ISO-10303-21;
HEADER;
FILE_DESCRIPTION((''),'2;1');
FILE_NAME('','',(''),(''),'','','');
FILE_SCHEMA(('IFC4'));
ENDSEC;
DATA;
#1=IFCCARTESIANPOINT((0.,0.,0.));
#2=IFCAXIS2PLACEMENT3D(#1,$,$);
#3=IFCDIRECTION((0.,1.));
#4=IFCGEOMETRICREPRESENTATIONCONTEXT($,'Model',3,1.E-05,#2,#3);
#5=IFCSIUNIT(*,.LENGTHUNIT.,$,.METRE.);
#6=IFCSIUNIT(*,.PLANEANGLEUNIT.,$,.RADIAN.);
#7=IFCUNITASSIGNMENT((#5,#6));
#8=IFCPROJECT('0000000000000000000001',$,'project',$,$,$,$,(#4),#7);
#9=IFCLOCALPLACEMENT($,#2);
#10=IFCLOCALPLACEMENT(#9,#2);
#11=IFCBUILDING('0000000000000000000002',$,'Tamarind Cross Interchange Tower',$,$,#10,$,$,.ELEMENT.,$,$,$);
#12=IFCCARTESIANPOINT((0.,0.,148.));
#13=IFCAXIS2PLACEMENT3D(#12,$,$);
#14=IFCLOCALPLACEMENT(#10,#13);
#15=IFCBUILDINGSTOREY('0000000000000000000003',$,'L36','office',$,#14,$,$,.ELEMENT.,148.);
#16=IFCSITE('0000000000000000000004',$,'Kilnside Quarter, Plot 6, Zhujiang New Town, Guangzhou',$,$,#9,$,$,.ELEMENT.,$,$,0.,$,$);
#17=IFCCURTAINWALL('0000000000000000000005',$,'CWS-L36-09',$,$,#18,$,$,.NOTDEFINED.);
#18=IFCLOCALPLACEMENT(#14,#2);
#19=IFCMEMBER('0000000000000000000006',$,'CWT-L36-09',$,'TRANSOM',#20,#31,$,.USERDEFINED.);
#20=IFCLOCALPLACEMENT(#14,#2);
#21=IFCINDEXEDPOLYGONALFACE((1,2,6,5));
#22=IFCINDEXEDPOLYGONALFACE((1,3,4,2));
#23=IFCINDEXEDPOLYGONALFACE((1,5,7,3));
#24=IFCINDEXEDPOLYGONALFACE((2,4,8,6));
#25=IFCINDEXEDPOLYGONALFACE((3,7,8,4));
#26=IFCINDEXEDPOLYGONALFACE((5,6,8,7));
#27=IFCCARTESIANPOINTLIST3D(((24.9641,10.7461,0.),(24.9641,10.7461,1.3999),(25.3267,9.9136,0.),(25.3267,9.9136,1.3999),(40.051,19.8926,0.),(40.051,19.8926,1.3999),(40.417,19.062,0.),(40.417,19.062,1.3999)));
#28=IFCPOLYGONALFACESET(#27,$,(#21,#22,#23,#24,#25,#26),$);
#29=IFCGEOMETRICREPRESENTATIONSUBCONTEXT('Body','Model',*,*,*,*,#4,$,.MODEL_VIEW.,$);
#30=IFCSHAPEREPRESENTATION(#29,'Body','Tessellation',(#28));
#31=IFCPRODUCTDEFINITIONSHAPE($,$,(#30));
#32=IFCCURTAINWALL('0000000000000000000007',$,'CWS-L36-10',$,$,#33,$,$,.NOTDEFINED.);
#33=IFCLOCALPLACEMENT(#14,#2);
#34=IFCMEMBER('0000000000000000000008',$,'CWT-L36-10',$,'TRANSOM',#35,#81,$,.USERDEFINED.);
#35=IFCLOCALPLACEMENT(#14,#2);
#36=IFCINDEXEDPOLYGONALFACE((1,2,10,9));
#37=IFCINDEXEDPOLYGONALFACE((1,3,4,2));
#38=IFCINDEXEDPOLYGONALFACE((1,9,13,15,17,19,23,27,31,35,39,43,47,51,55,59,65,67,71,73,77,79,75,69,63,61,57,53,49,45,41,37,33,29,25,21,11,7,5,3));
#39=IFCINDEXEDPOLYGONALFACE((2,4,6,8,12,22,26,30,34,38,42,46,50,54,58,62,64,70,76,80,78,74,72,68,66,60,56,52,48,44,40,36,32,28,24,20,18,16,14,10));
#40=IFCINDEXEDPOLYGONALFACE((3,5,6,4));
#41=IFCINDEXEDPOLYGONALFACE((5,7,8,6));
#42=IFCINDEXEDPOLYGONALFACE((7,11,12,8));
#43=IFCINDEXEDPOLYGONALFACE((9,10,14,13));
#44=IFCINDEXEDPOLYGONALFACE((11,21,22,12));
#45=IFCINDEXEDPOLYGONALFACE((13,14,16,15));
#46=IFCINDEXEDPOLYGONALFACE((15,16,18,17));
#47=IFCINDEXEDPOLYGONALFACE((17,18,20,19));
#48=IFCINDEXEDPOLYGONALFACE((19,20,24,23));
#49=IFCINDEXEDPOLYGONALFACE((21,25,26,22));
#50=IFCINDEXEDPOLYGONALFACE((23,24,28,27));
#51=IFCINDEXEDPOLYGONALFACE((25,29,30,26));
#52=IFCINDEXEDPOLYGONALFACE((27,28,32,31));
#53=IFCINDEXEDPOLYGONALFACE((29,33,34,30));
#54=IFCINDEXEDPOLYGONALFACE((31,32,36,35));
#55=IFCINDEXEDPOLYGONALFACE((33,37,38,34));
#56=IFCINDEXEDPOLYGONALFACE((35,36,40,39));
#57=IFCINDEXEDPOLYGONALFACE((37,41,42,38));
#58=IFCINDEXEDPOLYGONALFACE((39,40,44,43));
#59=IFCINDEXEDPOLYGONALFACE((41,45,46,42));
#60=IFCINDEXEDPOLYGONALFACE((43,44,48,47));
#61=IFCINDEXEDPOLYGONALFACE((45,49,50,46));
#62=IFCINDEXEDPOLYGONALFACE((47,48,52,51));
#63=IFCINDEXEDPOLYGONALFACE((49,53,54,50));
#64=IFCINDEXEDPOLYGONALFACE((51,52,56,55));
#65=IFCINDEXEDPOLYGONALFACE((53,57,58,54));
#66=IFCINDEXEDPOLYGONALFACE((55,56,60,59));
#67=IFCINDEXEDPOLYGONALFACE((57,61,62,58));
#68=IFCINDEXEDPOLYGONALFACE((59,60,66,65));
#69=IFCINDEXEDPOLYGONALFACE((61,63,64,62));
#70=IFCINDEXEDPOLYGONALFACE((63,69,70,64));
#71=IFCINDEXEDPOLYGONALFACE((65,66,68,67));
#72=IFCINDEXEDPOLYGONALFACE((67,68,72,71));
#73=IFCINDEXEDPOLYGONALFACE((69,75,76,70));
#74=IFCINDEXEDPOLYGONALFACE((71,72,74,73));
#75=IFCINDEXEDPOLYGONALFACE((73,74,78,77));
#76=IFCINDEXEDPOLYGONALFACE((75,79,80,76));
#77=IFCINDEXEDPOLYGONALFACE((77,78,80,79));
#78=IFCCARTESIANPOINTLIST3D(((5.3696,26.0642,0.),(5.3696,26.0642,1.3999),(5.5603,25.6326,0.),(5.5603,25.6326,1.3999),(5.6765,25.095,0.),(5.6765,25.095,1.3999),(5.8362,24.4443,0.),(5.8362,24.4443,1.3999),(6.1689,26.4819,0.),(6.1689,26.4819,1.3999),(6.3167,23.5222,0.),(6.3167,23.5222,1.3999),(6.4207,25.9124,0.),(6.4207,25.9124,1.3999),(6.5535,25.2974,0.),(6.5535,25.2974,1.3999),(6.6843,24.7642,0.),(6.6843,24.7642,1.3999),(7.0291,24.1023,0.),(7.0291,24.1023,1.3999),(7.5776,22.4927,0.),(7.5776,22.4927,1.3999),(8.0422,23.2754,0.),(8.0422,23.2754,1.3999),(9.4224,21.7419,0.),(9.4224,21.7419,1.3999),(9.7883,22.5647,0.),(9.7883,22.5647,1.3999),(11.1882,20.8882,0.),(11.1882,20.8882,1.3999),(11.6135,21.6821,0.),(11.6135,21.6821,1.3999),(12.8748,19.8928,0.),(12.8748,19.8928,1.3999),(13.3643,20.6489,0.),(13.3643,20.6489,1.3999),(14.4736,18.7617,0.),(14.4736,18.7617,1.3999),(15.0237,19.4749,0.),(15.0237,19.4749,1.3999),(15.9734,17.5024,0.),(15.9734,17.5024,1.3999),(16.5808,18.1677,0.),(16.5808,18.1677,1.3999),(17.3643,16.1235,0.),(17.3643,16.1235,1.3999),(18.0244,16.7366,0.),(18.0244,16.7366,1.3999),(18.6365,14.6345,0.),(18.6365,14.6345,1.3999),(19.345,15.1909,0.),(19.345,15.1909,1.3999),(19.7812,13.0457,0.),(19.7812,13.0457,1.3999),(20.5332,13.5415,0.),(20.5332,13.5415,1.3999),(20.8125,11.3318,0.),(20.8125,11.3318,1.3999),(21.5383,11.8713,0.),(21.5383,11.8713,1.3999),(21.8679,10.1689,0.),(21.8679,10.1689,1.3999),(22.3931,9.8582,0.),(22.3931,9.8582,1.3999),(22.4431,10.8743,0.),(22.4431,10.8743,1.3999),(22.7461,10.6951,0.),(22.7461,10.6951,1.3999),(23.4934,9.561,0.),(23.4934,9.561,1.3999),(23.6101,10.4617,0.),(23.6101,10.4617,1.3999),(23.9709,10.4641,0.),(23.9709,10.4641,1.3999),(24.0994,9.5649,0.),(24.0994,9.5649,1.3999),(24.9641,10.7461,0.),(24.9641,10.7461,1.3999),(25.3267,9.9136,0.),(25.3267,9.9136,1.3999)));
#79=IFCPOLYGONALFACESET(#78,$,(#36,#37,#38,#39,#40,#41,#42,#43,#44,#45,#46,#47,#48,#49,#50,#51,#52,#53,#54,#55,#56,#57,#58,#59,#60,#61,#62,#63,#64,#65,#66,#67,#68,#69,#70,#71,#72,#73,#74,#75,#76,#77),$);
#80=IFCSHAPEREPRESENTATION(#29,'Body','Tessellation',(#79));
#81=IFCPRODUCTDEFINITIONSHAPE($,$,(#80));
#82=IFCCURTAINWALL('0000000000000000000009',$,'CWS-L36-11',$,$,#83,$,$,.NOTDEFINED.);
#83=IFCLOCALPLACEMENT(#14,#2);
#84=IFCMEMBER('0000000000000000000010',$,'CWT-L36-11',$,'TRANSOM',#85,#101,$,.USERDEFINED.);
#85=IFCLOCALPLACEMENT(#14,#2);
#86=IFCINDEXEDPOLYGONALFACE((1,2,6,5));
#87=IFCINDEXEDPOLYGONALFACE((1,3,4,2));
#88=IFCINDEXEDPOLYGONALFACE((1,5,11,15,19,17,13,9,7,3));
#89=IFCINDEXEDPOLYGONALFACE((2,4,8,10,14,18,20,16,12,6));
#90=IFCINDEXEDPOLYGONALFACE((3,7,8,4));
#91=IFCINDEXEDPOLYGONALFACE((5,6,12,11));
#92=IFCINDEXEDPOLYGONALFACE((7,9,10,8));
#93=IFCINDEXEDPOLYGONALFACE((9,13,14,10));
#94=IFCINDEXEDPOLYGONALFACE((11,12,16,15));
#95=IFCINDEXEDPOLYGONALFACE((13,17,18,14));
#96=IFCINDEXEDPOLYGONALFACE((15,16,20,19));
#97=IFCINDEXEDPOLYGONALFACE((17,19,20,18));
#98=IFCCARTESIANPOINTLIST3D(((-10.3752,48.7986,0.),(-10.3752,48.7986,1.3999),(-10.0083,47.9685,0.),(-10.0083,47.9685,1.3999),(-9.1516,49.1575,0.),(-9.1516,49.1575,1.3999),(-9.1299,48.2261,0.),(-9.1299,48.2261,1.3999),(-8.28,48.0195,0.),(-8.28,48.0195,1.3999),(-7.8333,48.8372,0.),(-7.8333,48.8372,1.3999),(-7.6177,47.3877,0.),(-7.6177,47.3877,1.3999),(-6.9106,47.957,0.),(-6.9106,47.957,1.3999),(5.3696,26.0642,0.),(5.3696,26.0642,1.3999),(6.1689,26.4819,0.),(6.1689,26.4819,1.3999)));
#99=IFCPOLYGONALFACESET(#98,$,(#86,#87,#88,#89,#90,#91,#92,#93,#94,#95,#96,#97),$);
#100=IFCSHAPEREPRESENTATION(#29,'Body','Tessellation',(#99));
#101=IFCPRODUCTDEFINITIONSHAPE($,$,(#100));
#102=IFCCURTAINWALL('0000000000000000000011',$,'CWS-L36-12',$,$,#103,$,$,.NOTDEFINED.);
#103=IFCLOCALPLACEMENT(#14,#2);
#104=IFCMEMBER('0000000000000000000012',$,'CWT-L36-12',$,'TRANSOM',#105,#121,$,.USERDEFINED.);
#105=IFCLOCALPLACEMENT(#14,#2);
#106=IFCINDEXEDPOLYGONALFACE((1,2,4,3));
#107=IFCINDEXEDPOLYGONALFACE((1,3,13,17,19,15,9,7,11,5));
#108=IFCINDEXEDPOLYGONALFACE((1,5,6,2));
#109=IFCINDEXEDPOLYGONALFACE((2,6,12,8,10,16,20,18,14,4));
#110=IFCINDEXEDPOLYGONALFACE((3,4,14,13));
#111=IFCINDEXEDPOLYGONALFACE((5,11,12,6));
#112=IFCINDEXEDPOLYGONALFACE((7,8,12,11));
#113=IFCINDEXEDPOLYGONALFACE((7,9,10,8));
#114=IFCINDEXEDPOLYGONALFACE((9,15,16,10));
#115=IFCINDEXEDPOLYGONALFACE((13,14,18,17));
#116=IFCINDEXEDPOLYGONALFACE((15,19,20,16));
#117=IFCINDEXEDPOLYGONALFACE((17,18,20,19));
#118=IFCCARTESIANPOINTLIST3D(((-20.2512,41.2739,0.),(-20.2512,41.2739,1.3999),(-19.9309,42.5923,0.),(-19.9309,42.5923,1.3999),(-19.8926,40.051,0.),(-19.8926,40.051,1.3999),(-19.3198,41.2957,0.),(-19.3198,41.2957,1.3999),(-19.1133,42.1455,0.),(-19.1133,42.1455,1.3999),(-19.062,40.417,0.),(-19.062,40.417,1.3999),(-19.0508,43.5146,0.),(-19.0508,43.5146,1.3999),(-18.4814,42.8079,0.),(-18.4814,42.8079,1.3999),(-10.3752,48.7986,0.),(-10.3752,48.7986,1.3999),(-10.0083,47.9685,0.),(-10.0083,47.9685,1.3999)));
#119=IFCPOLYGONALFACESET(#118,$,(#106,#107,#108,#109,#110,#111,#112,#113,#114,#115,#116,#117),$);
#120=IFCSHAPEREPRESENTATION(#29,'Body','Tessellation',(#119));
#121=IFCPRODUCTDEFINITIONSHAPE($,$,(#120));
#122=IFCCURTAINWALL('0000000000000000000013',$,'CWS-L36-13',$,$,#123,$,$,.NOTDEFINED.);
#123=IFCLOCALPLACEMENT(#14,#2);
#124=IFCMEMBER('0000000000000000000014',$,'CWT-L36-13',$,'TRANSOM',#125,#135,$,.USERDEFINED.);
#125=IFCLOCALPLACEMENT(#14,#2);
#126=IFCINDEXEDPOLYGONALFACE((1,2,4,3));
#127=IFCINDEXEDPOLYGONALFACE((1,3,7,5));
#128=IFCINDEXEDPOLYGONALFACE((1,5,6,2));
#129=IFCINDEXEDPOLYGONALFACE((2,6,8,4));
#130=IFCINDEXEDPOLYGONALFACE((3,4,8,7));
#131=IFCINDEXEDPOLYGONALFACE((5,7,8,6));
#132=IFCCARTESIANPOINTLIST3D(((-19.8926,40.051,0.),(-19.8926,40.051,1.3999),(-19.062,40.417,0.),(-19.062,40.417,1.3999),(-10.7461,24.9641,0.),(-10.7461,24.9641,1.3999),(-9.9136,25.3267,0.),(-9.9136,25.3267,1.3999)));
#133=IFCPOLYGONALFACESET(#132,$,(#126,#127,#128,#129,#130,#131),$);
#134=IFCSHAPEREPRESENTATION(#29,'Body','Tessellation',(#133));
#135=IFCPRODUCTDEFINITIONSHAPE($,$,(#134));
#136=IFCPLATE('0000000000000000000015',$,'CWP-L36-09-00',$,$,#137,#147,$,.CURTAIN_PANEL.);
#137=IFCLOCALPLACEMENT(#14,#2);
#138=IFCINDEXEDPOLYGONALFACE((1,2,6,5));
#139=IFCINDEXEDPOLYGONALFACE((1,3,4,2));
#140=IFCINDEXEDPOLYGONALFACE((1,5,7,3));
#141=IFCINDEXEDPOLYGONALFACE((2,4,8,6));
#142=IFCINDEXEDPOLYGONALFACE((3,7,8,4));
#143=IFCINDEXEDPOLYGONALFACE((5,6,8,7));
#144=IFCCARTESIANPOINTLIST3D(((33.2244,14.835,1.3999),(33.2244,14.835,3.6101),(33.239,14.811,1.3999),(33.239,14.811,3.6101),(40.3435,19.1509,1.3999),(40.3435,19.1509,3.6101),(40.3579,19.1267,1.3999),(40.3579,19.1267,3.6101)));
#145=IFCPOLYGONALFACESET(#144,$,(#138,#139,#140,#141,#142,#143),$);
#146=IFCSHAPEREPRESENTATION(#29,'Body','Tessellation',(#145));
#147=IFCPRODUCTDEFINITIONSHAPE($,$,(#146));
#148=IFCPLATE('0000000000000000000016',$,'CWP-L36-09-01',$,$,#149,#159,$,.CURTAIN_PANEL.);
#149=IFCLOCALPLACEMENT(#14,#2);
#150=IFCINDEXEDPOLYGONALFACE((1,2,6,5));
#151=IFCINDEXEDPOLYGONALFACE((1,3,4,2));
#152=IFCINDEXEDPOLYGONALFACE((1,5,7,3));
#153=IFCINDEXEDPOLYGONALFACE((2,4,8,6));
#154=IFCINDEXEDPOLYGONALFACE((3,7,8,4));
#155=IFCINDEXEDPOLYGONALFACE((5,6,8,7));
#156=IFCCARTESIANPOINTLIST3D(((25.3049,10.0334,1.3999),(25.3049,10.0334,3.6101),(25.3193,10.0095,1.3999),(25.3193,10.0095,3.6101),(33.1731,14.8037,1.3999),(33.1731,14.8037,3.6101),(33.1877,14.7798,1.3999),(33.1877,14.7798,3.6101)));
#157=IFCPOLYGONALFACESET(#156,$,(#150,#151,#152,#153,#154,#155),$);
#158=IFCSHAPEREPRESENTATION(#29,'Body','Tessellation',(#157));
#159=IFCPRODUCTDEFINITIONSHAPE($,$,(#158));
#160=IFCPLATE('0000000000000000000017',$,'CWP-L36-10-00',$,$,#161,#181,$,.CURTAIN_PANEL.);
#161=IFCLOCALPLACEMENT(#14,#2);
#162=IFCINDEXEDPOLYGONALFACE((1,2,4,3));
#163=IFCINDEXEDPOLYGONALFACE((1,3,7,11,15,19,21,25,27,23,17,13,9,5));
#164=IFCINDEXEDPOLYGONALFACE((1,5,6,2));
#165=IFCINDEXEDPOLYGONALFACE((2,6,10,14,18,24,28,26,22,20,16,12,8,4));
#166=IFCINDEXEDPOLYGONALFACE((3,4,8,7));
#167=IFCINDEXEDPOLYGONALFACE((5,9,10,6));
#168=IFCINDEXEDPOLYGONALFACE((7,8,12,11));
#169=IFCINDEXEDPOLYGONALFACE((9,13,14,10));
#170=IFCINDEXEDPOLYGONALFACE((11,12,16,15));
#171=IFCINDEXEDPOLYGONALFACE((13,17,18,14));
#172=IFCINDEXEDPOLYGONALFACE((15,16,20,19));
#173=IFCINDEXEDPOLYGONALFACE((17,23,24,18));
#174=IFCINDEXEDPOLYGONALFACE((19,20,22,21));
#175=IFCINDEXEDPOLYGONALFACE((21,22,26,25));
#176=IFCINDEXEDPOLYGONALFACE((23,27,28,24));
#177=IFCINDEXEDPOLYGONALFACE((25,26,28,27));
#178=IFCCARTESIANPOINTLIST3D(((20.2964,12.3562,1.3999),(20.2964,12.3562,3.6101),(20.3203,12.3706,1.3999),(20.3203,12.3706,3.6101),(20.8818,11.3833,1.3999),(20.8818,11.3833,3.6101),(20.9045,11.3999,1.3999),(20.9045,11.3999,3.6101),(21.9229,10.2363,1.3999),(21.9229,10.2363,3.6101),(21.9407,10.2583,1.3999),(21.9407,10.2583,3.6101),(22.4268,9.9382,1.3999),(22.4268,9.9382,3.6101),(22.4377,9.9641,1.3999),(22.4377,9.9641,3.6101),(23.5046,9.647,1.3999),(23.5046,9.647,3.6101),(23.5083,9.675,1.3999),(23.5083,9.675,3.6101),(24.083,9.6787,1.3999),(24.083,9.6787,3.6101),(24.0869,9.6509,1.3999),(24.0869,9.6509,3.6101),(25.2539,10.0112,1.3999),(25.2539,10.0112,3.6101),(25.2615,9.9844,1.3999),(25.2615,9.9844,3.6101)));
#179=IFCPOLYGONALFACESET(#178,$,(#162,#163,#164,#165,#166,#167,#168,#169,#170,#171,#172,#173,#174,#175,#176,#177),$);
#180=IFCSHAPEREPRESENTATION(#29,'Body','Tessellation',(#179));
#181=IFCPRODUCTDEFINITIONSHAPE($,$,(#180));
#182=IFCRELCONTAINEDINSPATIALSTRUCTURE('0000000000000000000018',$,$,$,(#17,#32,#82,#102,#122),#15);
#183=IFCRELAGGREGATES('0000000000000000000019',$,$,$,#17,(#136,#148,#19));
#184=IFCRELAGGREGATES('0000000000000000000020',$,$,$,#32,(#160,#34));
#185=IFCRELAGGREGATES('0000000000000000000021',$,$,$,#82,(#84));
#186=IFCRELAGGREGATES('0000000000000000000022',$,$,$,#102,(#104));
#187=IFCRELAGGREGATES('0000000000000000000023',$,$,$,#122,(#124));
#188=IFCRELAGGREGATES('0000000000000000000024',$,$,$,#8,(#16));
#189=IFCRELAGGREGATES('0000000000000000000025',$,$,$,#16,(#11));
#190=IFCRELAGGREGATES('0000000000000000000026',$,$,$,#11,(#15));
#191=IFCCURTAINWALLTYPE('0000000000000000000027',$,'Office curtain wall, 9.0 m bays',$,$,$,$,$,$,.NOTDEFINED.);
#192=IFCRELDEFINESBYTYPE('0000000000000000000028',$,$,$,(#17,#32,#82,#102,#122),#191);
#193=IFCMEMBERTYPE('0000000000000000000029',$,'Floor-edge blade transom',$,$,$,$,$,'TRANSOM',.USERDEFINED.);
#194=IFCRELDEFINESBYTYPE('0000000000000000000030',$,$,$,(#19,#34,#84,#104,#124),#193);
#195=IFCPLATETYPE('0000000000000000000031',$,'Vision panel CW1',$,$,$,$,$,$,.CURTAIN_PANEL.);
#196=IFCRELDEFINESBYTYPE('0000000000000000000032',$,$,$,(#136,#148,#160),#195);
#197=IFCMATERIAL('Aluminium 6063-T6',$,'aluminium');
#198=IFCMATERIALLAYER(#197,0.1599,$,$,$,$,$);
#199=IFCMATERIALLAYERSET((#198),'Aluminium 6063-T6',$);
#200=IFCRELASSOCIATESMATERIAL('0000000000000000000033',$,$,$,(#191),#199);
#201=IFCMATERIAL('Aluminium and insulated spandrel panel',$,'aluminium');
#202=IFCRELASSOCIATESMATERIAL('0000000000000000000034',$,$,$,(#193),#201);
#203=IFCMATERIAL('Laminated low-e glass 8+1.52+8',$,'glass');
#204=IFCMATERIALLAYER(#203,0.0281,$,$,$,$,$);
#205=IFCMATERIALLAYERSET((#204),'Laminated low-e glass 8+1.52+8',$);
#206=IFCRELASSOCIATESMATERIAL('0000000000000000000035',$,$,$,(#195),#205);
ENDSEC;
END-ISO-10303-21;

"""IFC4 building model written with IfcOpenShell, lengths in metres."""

from ifc_helpers import new_model, si_unit, direction, frame, origin, place, context, subcontext, project, spatial, polyline, outline, extrude, material, layer, layer_set, type_object, element, aggregate, save


model = new_model("IFC4")

# Units and contexts
model_context = context("Model", 3, precision=1e-05, world=origin(), true_north=direction((0.0, 1.0)))
body_context = subcontext(model_context, "Body", "Model", "MODEL_VIEW")
ifc_project = project(units=[si_unit("LENGTHUNIT", "METRE"), si_unit("PLANEANGLEUNIT", "RADIAN")], contexts=[model_context])

# Site, building, storey
site_placement = place(None, origin())
site = spatial("IfcSite", under=ifc_project, at=site_placement, Name="Kilnside Quarter, Plot 6, Zhujiang New Town, Guangzhou", CompositionType="ELEMENT", RefElevation=0.0)
building_placement = place(site_placement, origin())
building = spatial("IfcBuilding", under=site, at=building_placement, Name="Tamarind Cross Interchange Tower", CompositionType="ELEMENT")
storey_placement = place(building_placement, frame((0.0, 0.0, 148.0)))
storey = spatial("IfcBuildingStorey", under=building, at=storey_placement, Name="L36", Description="office", CompositionType="ELEMENT", Elevation=148.0)

# Curtain walls, members
ifc_material_1 = material(Name="Aluminium 6063-T6", Category="aluminium")
ifc_layer_1 = layer(ifc_material_1, 0.1599)
ifc_layer_set_1 = layer_set([ifc_layer_1], Name="Aluminium 6063-T6")
curtain_wall_type = type_object("IfcCurtainWallType", Name="Office curtain wall, 9.0 m bays", PredefinedType="NOTDEFINED", material=ifc_layer_set_1)
curtain_wall_1_placement = place(storey_placement, origin())
curtain_wall_1 = element("IfcCurtainWall", 1, at=curtain_wall_1_placement, inside=storey, type_object=curtain_wall_type, Name="CWS-L36-09", PredefinedType="NOTDEFINED")
ifc_material_2 = material(Name="Aluminium and insulated spandrel panel", Category="aluminium")
member_type = type_object("IfcMemberType", Name="Floor-edge blade transom", ElementType="TRANSOM", PredefinedType="USERDEFINED", material=ifc_material_2)
member_1_placement = place(storey_placement, origin())
member_1 = element("IfcMember", 2, at=member_1_placement, type_object=member_type, Name="CWT-L36-09", ObjectType="TRANSOM", PredefinedType="USERDEFINED", context=body_context, shape_type="SweptSolid", body=[
    extrude(outline(polyline([(40.417, 19.062), (25.3267, 9.9136), (24.9641, 10.7461), (40.051, 19.8926), (40.417, 19.062)])), origin(), (0.0, 0.0, 1.0), 1.3999),
])
curtain_wall_2_placement = place(storey_placement, origin())
curtain_wall_2 = element("IfcCurtainWall", 3, at=curtain_wall_2_placement, inside=storey, type_object=curtain_wall_type, Name="CWS-L36-10", PredefinedType="NOTDEFINED")
member_2_placement = place(storey_placement, origin())
member_2 = element("IfcMember", 4, at=member_2_placement, type_object=member_type, Name="CWT-L36-10", ObjectType="TRANSOM", PredefinedType="USERDEFINED", context=body_context, shape_type="SweptSolid", body=[
    extrude(outline(polyline([(25.3267, 9.9136), (24.0994, 9.5649), (23.4934, 9.561), (22.3931, 9.8582), (21.8679, 10.1689), (20.8125, 11.3318), (19.7812, 13.0457), (18.6365, 14.6345), (17.3643, 16.1235), (15.9734, 17.5024), (14.4736, 18.7617), (12.8748, 19.8928), (11.1882, 20.8882), (9.4224, 21.7419), (7.5776, 22.4927), (6.3167, 23.5222), (5.8362, 24.4443), (5.6765, 25.095), (5.5603, 25.6326), (5.3696, 26.0642), (6.1689, 26.4819), (6.4207, 25.9124), (6.5535, 25.2974), (6.6843, 24.7642), (7.0291, 24.1023), (8.0422, 23.2754), (9.7883, 22.5647), (11.6135, 21.6821), (13.3643, 20.6489), (15.0237, 19.4749), (16.5808, 18.1677), (18.0244, 16.7366), (19.345, 15.1909), (20.5332, 13.5415), (21.5383, 11.8713), (22.4431, 10.8743), (22.7461, 10.6951), (23.6101, 10.4617), (23.9709, 10.4641), (24.9641, 10.7461), (25.3267, 9.9136)])), origin(), (0.0, 0.0, 1.0), 1.3999),
])
curtain_wall_3_placement = place(storey_placement, origin())
curtain_wall_3 = element("IfcCurtainWall", 5, at=curtain_wall_3_placement, inside=storey, type_object=curtain_wall_type, Name="CWS-L36-11", PredefinedType="NOTDEFINED")
member_3_placement = place(storey_placement, origin())
member_3 = element("IfcMember", 6, at=member_3_placement, type_object=member_type, Name="CWT-L36-11", ObjectType="TRANSOM", PredefinedType="USERDEFINED", context=body_context, shape_type="SweptSolid", body=[
    extrude(outline(polyline([(5.3696, 26.0642), (-7.6177, 47.3877), (-8.28, 48.0195), (-9.1299, 48.2261), (-10.0083, 47.9685), (-10.3752, 48.7986), (-9.1516, 49.1575), (-7.8333, 48.8372), (-6.9106, 47.957), (6.1689, 26.4819), (5.3696, 26.0642)])), origin(), (0.0, 0.0, 1.0), 1.3999),
])
curtain_wall_4_placement = place(storey_placement, origin())
curtain_wall_4 = element("IfcCurtainWall", 7, at=curtain_wall_4_placement, inside=storey, type_object=curtain_wall_type, Name="CWS-L36-12", PredefinedType="NOTDEFINED")
member_4_placement = place(storey_placement, origin())
member_4 = element("IfcMember", 8, at=member_4_placement, type_object=member_type, Name="CWT-L36-12", ObjectType="TRANSOM", PredefinedType="USERDEFINED", context=body_context, shape_type="SweptSolid", body=[
    extrude(outline(polyline([(-10.0083, 47.9685), (-18.4814, 42.8079), (-19.1133, 42.1455), (-19.3198, 41.2957), (-19.062, 40.417), (-19.8926, 40.051), (-20.2512, 41.2739), (-19.9309, 42.5923), (-19.0508, 43.5146), (-10.3752, 48.7986), (-10.0083, 47.9685)])), origin(), (0.0, 0.0, 1.0), 1.3999),
])
curtain_wall_5_placement = place(storey_placement, origin())
curtain_wall_5 = element("IfcCurtainWall", 9, at=curtain_wall_5_placement, inside=storey, type_object=curtain_wall_type, Name="CWS-L36-13", PredefinedType="NOTDEFINED")
member_5_placement = place(storey_placement, origin())
member_5 = element("IfcMember", 10, at=member_5_placement, type_object=member_type, Name="CWT-L36-13", ObjectType="TRANSOM", PredefinedType="USERDEFINED", context=body_context, shape_type="SweptSolid", body=[
    extrude(outline(polyline([(-19.062, 40.417), (-9.9136, 25.3267), (-10.7461, 24.9641), (-19.8926, 40.051), (-19.062, 40.417)])), origin(), (0.0, 0.0, 1.0), 1.3999),
])

# Plates
ifc_material_3 = material(Name="Laminated low-e glass 8+1.52+8", Category="glass")
ifc_layer_2 = layer(ifc_material_3, 0.0281)
ifc_layer_set_2 = layer_set([ifc_layer_2], Name="Laminated low-e glass 8+1.52+8")
plate_type = type_object("IfcPlateType", Name="Vision panel CW1", PredefinedType="CURTAIN_PANEL", material=ifc_layer_set_2)
plate_1_placement = place(storey_placement, frame((0.0, 0.0, 1.3999)))
plate_1 = element("IfcPlate", 11, at=plate_1_placement, type_object=plate_type, Name="CWP-L36-09-00", PredefinedType="CURTAIN_PANEL", context=body_context, shape_type="SweptSolid", body=[
    extrude(outline(polyline([(40.3579, 19.1267), (33.239, 14.811), (33.2244, 14.835), (40.3435, 19.1509), (40.3579, 19.1267)])), origin(), (0.0, 0.0, 1.0), 2.2102),
])
plate_2_placement = place(storey_placement, frame((0.0, 0.0, 1.3999)))
plate_2 = element("IfcPlate", 12, at=plate_2_placement, type_object=plate_type, Name="CWP-L36-09-01", PredefinedType="CURTAIN_PANEL", context=body_context, shape_type="SweptSolid", body=[
    extrude(outline(polyline([(33.1877, 14.7798), (25.3193, 10.0095), (25.3049, 10.0334), (33.1731, 14.8037), (33.1877, 14.7798)])), origin(), (0.0, 0.0, 1.0), 2.2102),
])
aggregate(curtain_wall_1, [plate_1, plate_2, member_1])
plate_3_placement = place(storey_placement, frame((0.0, 0.0, 1.3999)))
plate_3 = element("IfcPlate", 13, at=plate_3_placement, type_object=plate_type, Name="CWP-L36-10-00", PredefinedType="CURTAIN_PANEL", context=body_context, shape_type="SweptSolid", body=[
    extrude(outline(polyline([(25.2615, 9.9844), (24.0869, 9.6509), (23.5046, 9.647), (22.4268, 9.9382), (21.9229, 10.2363), (20.8818, 11.3833), (20.2964, 12.3562), (20.3203, 12.3706), (20.9045, 11.3999), (21.9407, 10.2583), (22.4377, 9.9641), (23.5083, 9.675), (24.083, 9.6787), (25.2539, 10.0112), (25.2615, 9.9844)])), origin(), (0.0, 0.0, 1.0), 2.2102),
])
aggregate(curtain_wall_2, [plate_3, member_2])
aggregate(curtain_wall_3, [member_3])
aggregate(curtain_wall_4, [member_4])
aggregate(curtain_wall_5, [member_5])

save(model, "model.ifc")
